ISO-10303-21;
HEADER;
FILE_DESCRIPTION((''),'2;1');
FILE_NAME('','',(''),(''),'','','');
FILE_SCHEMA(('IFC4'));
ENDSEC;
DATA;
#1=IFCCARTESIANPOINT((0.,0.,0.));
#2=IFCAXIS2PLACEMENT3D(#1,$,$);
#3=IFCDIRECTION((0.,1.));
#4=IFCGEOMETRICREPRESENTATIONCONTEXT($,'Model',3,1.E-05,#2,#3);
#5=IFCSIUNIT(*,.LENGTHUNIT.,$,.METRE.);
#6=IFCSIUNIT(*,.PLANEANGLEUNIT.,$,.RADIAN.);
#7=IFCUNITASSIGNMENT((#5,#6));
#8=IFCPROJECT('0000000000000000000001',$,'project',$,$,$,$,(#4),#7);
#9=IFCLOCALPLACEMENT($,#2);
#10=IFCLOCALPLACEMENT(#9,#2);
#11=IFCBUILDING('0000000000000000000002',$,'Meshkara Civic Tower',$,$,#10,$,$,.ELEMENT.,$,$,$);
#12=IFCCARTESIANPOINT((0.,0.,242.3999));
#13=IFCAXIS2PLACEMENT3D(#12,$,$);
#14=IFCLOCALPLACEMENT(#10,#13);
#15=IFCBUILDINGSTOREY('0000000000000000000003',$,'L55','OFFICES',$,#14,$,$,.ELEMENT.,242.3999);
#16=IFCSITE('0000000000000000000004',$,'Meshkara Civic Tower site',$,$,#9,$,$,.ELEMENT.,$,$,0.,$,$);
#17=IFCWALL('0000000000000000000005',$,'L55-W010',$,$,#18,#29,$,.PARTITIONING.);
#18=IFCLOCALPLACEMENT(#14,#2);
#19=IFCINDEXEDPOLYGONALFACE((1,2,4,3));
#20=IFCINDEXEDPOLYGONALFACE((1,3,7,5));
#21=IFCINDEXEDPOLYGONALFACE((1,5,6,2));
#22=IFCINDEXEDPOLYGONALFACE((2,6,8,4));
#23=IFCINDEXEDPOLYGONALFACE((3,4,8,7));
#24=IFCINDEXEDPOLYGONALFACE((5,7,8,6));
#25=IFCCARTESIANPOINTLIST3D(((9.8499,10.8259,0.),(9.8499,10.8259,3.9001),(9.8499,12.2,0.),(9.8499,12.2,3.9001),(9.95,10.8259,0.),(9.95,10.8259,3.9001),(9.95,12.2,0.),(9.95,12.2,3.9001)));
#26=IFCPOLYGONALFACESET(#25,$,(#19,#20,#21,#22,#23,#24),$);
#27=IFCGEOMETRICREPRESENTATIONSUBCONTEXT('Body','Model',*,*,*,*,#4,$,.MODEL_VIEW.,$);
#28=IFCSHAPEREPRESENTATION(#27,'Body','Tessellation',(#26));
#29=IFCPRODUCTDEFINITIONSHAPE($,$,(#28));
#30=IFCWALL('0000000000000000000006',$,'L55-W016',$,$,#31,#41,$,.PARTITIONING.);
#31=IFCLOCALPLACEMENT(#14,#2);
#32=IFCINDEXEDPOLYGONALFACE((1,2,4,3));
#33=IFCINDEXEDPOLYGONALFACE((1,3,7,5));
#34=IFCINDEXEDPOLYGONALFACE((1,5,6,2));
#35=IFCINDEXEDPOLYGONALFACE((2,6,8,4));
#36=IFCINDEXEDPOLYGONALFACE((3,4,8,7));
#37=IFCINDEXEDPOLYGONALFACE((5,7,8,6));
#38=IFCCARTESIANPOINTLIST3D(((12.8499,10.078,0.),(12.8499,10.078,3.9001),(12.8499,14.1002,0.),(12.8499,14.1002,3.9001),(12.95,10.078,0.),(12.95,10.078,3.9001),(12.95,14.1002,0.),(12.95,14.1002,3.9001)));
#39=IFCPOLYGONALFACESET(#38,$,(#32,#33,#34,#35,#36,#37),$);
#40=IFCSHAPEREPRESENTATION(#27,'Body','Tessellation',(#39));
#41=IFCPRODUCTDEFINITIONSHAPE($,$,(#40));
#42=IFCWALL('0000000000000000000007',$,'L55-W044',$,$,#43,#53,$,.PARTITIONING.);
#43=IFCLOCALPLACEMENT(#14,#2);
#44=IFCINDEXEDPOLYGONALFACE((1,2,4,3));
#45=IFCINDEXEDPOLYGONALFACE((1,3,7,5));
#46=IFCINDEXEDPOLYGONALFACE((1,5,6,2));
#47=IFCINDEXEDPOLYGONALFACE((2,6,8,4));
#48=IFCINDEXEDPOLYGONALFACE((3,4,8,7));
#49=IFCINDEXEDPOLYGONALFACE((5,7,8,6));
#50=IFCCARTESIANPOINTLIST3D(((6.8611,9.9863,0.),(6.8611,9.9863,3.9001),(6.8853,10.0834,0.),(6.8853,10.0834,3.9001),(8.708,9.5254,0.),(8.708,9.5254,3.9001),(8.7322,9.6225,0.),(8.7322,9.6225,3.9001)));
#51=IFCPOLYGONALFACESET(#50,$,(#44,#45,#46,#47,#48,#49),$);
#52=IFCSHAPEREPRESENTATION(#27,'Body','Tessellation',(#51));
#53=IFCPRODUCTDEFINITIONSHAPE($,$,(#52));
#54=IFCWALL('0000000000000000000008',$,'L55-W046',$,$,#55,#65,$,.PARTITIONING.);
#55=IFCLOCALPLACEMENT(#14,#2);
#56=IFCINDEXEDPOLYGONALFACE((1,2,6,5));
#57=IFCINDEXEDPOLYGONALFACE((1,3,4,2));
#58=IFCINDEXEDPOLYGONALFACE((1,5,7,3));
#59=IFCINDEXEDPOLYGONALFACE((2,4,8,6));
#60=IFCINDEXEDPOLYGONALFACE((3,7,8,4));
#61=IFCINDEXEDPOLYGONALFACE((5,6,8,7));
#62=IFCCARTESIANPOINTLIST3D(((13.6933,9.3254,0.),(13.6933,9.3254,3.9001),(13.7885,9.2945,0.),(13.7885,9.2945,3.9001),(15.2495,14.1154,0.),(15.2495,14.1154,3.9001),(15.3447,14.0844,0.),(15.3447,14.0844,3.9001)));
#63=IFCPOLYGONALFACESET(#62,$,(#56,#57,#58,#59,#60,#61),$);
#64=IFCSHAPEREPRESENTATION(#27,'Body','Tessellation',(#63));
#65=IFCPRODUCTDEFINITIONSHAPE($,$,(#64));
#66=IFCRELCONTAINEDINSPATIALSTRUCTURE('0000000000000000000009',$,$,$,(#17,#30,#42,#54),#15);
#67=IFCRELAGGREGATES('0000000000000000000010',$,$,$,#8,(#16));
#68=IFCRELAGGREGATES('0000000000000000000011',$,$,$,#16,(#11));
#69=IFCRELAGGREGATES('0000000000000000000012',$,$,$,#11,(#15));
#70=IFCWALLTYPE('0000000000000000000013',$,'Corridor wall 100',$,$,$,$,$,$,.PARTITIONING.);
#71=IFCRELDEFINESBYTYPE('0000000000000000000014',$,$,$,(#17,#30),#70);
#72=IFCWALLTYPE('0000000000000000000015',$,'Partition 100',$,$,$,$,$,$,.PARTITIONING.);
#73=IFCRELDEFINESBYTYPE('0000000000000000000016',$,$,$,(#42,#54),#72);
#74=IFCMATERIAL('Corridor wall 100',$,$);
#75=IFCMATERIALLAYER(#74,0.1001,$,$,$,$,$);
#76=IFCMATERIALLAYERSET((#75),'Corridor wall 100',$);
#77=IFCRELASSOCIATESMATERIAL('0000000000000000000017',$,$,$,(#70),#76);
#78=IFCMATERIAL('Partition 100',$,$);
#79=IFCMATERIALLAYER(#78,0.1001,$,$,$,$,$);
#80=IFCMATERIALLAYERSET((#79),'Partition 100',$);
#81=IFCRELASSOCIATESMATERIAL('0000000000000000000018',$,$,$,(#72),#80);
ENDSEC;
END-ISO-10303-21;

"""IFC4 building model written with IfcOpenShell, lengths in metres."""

from ifc_helpers import new_model, si_unit, direction, frame, frame_2d, origin, place, context, subcontext, project, spatial, rectangle, extrude, material, layer, layer_set, type_object, element, save


model = new_model("IFC4")

# Units and contexts
model_context = context("Model", 3, precision=1e-05, world=origin(), true_north=direction((0.0, 1.0)))
body_context = subcontext(model_context, "Body", "Model", "MODEL_VIEW")
ifc_project = project(units=[si_unit("LENGTHUNIT", "METRE"), si_unit("PLANEANGLEUNIT", "RADIAN")], contexts=[model_context])

# Site, building, storey
site_placement = place(None, origin())
site = spatial("IfcSite", under=ifc_project, at=site_placement, Name="Meshkara Civic Tower site", CompositionType="ELEMENT", RefElevation=0.0)
building_placement = place(site_placement, origin())
building = spatial("IfcBuilding", under=site, at=building_placement, Name="Meshkara Civic Tower", CompositionType="ELEMENT")
storey_placement = place(building_placement, frame((0.0, 0.0, 242.3999)))
storey = spatial("IfcBuildingStorey", under=building, at=storey_placement, Name="L55", Description="OFFICES", CompositionType="ELEMENT", Elevation=242.3999)

# Shared definitions
ifc_material_1 = material(Name="Corridor wall 100")
ifc_layer_1 = layer(ifc_material_1, 0.1001)
ifc_layer_set_1 = layer_set([ifc_layer_1], Name="Corridor wall 100")
wall_type_1 = type_object("IfcWallType", Name="Corridor wall 100", PredefinedType="PARTITIONING", material=ifc_layer_set_1)

# Walls
wall_1_placement = place(storey_placement, frame((9.8999, 12.2, 0.0), z_axis=(0.0, 0.0, 1.0), x_axis=(0.0, -1.0, 0.0)))
element("IfcWall", 1, at=wall_1_placement, inside=storey, type_object=wall_type_1, Name="L55-W010", PredefinedType="PARTITIONING", context=body_context, shape_type="SweptSolid", body=[
    extrude(rectangle(XDim=1.374, YDim=0.1001, at=frame_2d((0.687, 0.0))), origin(), (0.0, 0.0, 1.0), 3.9001),
])
wall_2_placement = place(storey_placement, frame((12.8999, 10.0779, 0.0), z_axis=(0.0, 0.0, 1.0), x_axis=(0.0, 1.0, 0.0)))
element("IfcWall", 2, at=wall_2_placement, inside=storey, type_object=wall_type_1, Name="L55-W016", PredefinedType="PARTITIONING", context=body_context, shape_type="SweptSolid", body=[
    extrude(rectangle(XDim=4.0222, YDim=0.1001, at=frame_2d((2.0112, 0.0))), origin(), (0.0, 0.0, 1.0), 3.9001),
])
ifc_material_2 = material(Name="Partition 100")
ifc_layer_2 = layer(ifc_material_2, 0.1001)
ifc_layer_set_2 = layer_set([ifc_layer_2], Name="Partition 100")
wall_type_2 = type_object("IfcWallType", Name="Partition 100", PredefinedType="PARTITIONING", material=ifc_layer_set_2)
wall_3_placement = place(storey_placement, frame((8.72, 9.574, 0.0), z_axis=(0.0, 0.0, 1.0), x_axis=(-0.97024, 0.242143, 0.0)))
element("IfcWall", 3, at=wall_3_placement, inside=storey, type_object=wall_type_2, Name="L55-W044", PredefinedType="PARTITIONING", context=body_context, shape_type="SweptSolid", body=[
    extrude(rectangle(XDim=1.9036, YDim=0.1001, at=frame_2d((0.9517, 0.0))), origin(), (0.0, 0.0, 1.0), 3.9001),
])
wall_4_placement = place(storey_placement, frame((13.741, 9.3101, 0.0), z_axis=(0.0, 0.0, 1.0), x_axis=(0.308976, 0.95107, 0.0)))
element("IfcWall", 4, at=wall_4_placement, inside=storey, type_object=wall_type_2, Name="L55-W046", PredefinedType="PARTITIONING", context=body_context, shape_type="SweptSolid", body=[
    extrude(rectangle(XDim=5.0364, YDim=0.1001, at=frame_2d((2.5181, 0.0))), origin(), (0.0, 0.0, 1.0), 3.9001),
])

save(model, "model.ifc")
